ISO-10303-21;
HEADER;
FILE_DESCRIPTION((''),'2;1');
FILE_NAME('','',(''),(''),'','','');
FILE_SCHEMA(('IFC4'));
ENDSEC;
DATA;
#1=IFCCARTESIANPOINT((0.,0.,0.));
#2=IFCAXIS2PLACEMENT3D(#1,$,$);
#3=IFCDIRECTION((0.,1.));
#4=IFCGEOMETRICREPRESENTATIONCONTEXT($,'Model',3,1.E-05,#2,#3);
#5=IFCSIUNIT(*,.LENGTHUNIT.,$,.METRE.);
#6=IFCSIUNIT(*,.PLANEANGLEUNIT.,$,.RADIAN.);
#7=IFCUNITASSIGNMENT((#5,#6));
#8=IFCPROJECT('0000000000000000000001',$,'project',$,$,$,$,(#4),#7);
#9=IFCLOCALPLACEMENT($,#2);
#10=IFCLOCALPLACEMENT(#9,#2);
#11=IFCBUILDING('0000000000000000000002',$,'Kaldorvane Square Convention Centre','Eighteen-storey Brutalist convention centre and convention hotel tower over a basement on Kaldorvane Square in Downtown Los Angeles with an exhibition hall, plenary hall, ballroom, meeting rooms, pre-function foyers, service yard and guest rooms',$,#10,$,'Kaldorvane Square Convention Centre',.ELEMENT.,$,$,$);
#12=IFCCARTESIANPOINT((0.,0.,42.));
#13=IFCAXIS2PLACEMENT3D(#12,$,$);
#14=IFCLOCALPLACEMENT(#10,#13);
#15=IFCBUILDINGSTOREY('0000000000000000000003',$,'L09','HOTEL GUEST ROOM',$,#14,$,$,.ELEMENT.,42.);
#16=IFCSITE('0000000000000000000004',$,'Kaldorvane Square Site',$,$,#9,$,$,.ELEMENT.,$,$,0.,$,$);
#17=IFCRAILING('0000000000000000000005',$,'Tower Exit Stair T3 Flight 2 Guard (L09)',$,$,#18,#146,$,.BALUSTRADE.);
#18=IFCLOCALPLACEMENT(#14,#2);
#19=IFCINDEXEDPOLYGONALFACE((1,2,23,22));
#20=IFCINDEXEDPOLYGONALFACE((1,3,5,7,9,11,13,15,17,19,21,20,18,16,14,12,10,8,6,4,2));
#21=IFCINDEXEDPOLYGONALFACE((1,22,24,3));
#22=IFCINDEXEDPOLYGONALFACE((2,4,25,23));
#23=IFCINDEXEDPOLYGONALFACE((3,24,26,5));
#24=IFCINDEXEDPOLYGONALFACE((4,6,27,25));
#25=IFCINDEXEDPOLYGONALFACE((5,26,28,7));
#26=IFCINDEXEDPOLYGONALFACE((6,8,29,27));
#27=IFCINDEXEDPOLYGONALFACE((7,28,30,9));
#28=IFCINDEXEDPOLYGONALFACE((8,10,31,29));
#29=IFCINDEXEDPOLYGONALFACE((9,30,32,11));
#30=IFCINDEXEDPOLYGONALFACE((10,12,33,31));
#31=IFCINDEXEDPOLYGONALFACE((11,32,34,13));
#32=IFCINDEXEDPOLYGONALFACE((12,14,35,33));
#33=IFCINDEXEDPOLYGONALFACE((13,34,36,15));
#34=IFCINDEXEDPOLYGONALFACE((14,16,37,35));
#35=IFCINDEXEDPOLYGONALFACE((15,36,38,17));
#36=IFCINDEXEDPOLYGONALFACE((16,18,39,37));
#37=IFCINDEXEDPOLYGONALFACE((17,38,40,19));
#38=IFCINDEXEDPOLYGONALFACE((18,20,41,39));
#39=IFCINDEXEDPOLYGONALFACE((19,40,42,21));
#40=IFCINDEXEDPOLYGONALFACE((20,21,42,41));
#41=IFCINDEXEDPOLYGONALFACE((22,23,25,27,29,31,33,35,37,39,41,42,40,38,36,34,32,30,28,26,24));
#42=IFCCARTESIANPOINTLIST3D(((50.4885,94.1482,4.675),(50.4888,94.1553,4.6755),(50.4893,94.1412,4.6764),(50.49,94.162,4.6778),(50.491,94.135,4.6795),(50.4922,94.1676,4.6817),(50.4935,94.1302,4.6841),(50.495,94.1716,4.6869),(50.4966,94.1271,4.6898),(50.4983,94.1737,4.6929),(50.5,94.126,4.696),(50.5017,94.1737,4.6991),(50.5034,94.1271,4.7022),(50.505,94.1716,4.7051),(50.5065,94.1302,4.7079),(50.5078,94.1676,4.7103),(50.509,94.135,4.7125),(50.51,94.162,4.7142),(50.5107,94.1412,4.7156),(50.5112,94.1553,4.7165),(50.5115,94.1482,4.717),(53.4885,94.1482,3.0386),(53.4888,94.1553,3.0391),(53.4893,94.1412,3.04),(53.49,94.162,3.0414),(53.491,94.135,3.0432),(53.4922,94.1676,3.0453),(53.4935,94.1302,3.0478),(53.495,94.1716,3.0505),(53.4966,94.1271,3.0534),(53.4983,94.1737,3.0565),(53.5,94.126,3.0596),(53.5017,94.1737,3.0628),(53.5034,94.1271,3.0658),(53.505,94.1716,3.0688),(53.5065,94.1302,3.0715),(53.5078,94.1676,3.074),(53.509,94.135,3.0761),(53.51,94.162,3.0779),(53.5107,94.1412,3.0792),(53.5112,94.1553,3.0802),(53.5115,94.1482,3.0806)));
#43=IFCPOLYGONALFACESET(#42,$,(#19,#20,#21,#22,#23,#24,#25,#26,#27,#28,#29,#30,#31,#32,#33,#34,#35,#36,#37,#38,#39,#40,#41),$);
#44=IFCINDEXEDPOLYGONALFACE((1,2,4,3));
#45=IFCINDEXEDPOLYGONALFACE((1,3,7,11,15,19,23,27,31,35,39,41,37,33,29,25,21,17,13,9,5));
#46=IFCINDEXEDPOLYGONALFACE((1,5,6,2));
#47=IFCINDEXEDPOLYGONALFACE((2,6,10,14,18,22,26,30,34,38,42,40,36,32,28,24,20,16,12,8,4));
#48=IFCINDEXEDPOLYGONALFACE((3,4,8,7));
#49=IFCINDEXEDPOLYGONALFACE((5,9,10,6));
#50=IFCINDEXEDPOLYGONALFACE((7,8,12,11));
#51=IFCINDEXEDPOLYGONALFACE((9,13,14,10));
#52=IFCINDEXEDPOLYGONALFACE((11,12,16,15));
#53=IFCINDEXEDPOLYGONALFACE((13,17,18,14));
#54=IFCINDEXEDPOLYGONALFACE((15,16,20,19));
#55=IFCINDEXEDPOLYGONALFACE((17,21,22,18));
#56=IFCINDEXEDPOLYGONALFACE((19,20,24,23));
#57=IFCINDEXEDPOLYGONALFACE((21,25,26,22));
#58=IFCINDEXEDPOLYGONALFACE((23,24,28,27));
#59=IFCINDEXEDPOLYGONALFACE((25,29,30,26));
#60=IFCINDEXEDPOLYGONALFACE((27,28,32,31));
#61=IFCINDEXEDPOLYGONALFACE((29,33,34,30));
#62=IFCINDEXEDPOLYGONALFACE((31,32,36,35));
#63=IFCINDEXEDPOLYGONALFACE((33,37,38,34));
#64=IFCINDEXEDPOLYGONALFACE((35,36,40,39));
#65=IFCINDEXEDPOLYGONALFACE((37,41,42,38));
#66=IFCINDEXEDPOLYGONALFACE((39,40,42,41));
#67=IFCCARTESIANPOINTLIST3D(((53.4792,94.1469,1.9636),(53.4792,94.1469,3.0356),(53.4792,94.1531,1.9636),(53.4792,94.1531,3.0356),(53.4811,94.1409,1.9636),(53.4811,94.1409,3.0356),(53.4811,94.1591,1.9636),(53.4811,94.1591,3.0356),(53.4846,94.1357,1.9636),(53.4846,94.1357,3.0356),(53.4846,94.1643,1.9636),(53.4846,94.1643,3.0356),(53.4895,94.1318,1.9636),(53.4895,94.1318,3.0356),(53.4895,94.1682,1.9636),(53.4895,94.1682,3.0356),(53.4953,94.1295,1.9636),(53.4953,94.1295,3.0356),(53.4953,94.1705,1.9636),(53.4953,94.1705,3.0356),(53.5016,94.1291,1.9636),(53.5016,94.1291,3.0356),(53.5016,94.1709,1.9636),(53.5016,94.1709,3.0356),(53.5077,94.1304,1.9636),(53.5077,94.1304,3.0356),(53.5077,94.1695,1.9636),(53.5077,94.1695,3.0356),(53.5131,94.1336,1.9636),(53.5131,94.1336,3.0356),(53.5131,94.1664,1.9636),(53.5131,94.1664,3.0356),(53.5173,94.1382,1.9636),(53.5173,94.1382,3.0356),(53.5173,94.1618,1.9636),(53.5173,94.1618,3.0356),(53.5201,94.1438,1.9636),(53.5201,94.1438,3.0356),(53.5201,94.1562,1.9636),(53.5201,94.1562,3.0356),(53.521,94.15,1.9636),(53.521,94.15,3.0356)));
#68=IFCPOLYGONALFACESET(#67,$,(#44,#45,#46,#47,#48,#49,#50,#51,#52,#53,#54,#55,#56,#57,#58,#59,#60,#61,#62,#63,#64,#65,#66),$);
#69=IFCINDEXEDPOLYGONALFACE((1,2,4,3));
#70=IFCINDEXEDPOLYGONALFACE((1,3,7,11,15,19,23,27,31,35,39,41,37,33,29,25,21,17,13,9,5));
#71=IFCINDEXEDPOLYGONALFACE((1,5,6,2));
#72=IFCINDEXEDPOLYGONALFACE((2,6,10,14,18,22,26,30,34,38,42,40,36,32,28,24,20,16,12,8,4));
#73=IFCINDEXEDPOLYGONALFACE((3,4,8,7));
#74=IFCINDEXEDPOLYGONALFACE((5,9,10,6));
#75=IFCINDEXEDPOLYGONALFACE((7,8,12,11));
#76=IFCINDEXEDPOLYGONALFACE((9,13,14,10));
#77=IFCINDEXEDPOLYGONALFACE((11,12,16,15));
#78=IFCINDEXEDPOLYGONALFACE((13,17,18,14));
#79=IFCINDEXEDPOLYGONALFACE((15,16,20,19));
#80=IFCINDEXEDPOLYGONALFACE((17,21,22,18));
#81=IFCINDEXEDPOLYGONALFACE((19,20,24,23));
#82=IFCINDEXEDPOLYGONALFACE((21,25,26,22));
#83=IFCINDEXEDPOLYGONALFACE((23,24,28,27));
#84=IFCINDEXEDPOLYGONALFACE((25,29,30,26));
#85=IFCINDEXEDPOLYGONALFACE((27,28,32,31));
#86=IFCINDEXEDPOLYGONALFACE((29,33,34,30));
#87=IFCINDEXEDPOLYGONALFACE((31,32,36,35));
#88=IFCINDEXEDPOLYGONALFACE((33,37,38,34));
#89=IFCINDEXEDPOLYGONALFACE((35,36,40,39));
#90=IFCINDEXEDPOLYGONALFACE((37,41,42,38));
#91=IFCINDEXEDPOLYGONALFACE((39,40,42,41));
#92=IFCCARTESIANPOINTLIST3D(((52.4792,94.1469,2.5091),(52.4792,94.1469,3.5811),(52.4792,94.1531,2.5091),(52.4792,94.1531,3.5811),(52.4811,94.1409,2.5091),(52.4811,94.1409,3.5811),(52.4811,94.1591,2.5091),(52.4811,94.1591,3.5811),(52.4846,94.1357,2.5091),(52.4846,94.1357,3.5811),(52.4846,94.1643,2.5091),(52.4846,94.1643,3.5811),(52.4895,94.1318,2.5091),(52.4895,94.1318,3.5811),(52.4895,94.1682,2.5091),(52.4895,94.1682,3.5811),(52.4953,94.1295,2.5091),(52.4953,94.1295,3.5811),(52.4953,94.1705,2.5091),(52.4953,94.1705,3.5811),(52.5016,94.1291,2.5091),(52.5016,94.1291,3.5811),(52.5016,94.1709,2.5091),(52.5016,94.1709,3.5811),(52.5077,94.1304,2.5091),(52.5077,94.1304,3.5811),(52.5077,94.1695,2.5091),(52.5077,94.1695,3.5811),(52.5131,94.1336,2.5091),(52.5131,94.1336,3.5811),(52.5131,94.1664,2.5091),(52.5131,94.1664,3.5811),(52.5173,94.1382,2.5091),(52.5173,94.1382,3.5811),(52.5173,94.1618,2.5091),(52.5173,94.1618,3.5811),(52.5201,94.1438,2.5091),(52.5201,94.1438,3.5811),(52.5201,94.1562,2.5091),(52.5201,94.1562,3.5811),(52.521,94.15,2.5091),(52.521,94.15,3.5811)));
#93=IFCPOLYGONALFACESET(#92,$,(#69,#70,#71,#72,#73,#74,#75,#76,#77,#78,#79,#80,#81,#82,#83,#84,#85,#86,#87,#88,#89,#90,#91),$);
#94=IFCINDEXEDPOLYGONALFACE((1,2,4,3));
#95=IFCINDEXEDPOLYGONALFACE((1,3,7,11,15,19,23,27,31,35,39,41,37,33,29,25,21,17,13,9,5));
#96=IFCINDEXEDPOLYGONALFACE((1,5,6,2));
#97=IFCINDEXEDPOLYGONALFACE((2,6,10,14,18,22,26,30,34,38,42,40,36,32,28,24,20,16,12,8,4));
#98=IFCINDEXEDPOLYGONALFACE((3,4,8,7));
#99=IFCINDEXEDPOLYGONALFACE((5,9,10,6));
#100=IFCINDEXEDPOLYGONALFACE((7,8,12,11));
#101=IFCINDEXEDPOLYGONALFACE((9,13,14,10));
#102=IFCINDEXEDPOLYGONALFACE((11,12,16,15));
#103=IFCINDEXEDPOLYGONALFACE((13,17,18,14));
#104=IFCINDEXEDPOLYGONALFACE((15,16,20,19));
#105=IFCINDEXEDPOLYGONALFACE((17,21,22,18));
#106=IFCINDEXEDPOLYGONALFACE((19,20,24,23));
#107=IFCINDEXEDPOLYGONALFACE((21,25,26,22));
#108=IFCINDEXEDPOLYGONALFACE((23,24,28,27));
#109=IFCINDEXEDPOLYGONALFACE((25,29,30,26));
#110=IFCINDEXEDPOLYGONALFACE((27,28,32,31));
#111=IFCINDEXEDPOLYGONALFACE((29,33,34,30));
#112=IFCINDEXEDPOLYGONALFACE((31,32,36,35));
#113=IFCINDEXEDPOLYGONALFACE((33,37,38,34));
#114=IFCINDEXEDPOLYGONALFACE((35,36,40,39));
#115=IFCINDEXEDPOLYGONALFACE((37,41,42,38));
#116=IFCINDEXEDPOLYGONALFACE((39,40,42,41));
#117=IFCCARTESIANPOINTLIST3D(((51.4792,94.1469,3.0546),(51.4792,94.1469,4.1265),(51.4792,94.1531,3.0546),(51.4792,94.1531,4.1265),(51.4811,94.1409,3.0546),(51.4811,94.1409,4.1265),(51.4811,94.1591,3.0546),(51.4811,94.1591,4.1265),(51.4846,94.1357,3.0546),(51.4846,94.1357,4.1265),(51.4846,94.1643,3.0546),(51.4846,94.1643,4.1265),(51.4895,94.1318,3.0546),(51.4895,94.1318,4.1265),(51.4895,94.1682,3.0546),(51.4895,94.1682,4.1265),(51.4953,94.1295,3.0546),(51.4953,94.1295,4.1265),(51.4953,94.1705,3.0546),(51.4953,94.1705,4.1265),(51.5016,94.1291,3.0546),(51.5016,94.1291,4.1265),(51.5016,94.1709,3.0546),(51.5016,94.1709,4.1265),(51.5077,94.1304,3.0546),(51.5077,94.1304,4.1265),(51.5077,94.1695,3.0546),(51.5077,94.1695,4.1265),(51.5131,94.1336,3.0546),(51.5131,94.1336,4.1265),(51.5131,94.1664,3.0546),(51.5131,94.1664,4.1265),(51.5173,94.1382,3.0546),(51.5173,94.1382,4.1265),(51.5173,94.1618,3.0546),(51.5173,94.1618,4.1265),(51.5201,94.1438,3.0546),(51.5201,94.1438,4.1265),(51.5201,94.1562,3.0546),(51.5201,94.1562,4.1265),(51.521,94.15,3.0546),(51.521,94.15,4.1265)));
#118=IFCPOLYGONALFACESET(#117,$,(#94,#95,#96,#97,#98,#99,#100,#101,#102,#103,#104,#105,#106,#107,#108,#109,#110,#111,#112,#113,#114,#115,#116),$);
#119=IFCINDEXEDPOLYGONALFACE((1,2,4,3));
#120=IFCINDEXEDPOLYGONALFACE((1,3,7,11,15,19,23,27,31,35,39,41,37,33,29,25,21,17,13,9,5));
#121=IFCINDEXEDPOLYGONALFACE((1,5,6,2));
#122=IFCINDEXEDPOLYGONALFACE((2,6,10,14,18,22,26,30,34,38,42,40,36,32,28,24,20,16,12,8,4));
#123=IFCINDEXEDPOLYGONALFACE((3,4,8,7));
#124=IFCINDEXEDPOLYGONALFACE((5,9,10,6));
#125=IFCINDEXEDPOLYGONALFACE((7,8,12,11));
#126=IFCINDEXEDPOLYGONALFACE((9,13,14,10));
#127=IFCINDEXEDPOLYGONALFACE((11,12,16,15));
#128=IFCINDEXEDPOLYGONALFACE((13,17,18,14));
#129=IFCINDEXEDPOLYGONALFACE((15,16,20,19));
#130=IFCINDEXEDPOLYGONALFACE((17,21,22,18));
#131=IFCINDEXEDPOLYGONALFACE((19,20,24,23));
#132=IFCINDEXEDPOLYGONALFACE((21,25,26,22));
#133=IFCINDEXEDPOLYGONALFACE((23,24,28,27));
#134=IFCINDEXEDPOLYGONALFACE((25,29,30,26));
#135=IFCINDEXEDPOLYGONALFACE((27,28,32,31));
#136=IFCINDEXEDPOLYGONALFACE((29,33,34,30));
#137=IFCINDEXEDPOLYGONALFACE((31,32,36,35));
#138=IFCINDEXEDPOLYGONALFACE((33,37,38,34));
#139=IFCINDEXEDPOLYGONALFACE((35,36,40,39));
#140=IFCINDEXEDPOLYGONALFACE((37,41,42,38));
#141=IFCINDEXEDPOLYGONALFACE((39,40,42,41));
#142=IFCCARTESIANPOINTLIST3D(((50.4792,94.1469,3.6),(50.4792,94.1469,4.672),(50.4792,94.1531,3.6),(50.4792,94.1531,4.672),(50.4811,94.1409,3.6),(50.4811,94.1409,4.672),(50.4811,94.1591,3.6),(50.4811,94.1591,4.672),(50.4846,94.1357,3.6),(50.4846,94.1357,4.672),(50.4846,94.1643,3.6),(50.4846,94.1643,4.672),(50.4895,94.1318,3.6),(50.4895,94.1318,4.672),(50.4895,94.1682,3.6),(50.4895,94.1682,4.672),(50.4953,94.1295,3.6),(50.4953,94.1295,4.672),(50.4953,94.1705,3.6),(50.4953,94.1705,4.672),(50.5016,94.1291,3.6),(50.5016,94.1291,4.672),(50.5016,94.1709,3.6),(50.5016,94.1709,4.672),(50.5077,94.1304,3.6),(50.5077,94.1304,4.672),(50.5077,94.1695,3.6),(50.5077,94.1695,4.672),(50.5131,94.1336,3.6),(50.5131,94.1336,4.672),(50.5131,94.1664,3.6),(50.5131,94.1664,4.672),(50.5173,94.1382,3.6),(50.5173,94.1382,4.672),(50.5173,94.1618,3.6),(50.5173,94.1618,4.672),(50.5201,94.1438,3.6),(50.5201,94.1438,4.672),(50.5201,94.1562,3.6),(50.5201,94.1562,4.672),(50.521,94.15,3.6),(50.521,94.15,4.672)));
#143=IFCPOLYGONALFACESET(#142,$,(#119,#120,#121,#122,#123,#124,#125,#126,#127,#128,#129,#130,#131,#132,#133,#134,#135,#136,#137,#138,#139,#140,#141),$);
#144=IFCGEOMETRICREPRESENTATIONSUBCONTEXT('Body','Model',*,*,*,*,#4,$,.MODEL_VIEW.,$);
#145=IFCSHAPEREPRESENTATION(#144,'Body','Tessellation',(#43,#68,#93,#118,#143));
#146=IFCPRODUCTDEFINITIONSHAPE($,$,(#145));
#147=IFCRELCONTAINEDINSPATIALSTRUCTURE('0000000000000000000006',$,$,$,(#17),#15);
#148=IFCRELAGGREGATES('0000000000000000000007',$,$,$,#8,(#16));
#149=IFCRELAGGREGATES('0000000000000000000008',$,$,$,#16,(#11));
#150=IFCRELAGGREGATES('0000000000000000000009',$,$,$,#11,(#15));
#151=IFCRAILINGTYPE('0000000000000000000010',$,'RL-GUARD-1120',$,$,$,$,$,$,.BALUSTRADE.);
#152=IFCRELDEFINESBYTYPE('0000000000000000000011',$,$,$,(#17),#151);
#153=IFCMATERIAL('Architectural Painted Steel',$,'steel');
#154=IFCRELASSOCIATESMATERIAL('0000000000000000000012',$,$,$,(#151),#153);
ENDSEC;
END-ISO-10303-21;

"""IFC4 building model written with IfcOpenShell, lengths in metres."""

from ifc_helpers import new_model, si_unit, direction, frame, origin, origin_2d, place, context, subcontext, project, spatial, circle, extrude, material, type_object, element, save


model = new_model("IFC4")

# Units and contexts
model_context = context("Model", 3, precision=1e-05, world=origin(), true_north=direction((0.0, 1.0)))
body_context = subcontext(model_context, "Body", "Model", "MODEL_VIEW")
ifc_project = project(units=[si_unit("LENGTHUNIT", "METRE"), si_unit("PLANEANGLEUNIT", "RADIAN")], contexts=[model_context])

# Site, building, storey
site_placement = place(None, origin())
site = spatial("IfcSite", under=ifc_project, at=site_placement, Name="Kaldorvane Square Site", CompositionType="ELEMENT", RefElevation=0.0)
building_placement = place(site_placement, origin())
building = spatial("IfcBuilding", under=site, at=building_placement, Name="Kaldorvane Square Convention Centre", Description="Eighteen-storey Brutalist convention centre and convention hotel tower over a basement on Kaldorvane Square in Downtown Los Angeles with an exhibition hall, plenary hall, ballroom, meeting rooms, pre-function foyers, service yard and guest rooms", LongName="Kaldorvane Square Convention Centre", CompositionType="ELEMENT")
storey_placement = place(building_placement, frame((0.0, 0.0, 42.0)))
storey = spatial("IfcBuildingStorey", under=building, at=storey_placement, Name="L09", Description="HOTEL GUEST ROOM", CompositionType="ELEMENT", Elevation=42.0)

# Railing
ifc_material_1 = material(Name="Architectural Painted Steel", Category="steel")
railing_type_1 = type_object("IfcRailingType", Name="RL-GUARD-1120", PredefinedType="BALUSTRADE", material=ifc_material_1)
railing_1_placement = place(storey_placement, frame((53.5, 94.15, 1.9636)))
element("IfcRailing", 1, at=railing_1_placement, inside=storey, type_object=railing_type_1, Name="Tower Exit Stair T3 Flight 2 Guard (L09)", PredefinedType="BALUSTRADE", context=body_context, shape_type="SweptSolid", body=[
    extrude(circle(Radius=0.024, at=origin_2d()), frame((0.0, 0.0, 1.096), z_axis=(-0.877895, 0.0, 0.478853), x_axis=(0.0, -1.0, 0.0)), (0.0, 0.0, 1.0), 3.4173),
    extrude(circle(Radius=0.021, at=origin_2d()), origin(), (0.0, 0.0, 1.0), 1.072),
    extrude(circle(Radius=0.021, at=origin_2d()), frame((-1.0, 0.0, 0.5455)), (0.0, 0.0, 1.0), 1.072),
    extrude(circle(Radius=0.021, at=origin_2d()), frame((-2.0, 0.0, 1.0909)), (0.0, 0.0, 1.0), 1.072),
    extrude(circle(Radius=0.021, at=origin_2d()), frame((-3.0, 0.0, 1.6364)), (0.0, 0.0, 1.0), 1.072),
])

save(model, "model.ifc")
